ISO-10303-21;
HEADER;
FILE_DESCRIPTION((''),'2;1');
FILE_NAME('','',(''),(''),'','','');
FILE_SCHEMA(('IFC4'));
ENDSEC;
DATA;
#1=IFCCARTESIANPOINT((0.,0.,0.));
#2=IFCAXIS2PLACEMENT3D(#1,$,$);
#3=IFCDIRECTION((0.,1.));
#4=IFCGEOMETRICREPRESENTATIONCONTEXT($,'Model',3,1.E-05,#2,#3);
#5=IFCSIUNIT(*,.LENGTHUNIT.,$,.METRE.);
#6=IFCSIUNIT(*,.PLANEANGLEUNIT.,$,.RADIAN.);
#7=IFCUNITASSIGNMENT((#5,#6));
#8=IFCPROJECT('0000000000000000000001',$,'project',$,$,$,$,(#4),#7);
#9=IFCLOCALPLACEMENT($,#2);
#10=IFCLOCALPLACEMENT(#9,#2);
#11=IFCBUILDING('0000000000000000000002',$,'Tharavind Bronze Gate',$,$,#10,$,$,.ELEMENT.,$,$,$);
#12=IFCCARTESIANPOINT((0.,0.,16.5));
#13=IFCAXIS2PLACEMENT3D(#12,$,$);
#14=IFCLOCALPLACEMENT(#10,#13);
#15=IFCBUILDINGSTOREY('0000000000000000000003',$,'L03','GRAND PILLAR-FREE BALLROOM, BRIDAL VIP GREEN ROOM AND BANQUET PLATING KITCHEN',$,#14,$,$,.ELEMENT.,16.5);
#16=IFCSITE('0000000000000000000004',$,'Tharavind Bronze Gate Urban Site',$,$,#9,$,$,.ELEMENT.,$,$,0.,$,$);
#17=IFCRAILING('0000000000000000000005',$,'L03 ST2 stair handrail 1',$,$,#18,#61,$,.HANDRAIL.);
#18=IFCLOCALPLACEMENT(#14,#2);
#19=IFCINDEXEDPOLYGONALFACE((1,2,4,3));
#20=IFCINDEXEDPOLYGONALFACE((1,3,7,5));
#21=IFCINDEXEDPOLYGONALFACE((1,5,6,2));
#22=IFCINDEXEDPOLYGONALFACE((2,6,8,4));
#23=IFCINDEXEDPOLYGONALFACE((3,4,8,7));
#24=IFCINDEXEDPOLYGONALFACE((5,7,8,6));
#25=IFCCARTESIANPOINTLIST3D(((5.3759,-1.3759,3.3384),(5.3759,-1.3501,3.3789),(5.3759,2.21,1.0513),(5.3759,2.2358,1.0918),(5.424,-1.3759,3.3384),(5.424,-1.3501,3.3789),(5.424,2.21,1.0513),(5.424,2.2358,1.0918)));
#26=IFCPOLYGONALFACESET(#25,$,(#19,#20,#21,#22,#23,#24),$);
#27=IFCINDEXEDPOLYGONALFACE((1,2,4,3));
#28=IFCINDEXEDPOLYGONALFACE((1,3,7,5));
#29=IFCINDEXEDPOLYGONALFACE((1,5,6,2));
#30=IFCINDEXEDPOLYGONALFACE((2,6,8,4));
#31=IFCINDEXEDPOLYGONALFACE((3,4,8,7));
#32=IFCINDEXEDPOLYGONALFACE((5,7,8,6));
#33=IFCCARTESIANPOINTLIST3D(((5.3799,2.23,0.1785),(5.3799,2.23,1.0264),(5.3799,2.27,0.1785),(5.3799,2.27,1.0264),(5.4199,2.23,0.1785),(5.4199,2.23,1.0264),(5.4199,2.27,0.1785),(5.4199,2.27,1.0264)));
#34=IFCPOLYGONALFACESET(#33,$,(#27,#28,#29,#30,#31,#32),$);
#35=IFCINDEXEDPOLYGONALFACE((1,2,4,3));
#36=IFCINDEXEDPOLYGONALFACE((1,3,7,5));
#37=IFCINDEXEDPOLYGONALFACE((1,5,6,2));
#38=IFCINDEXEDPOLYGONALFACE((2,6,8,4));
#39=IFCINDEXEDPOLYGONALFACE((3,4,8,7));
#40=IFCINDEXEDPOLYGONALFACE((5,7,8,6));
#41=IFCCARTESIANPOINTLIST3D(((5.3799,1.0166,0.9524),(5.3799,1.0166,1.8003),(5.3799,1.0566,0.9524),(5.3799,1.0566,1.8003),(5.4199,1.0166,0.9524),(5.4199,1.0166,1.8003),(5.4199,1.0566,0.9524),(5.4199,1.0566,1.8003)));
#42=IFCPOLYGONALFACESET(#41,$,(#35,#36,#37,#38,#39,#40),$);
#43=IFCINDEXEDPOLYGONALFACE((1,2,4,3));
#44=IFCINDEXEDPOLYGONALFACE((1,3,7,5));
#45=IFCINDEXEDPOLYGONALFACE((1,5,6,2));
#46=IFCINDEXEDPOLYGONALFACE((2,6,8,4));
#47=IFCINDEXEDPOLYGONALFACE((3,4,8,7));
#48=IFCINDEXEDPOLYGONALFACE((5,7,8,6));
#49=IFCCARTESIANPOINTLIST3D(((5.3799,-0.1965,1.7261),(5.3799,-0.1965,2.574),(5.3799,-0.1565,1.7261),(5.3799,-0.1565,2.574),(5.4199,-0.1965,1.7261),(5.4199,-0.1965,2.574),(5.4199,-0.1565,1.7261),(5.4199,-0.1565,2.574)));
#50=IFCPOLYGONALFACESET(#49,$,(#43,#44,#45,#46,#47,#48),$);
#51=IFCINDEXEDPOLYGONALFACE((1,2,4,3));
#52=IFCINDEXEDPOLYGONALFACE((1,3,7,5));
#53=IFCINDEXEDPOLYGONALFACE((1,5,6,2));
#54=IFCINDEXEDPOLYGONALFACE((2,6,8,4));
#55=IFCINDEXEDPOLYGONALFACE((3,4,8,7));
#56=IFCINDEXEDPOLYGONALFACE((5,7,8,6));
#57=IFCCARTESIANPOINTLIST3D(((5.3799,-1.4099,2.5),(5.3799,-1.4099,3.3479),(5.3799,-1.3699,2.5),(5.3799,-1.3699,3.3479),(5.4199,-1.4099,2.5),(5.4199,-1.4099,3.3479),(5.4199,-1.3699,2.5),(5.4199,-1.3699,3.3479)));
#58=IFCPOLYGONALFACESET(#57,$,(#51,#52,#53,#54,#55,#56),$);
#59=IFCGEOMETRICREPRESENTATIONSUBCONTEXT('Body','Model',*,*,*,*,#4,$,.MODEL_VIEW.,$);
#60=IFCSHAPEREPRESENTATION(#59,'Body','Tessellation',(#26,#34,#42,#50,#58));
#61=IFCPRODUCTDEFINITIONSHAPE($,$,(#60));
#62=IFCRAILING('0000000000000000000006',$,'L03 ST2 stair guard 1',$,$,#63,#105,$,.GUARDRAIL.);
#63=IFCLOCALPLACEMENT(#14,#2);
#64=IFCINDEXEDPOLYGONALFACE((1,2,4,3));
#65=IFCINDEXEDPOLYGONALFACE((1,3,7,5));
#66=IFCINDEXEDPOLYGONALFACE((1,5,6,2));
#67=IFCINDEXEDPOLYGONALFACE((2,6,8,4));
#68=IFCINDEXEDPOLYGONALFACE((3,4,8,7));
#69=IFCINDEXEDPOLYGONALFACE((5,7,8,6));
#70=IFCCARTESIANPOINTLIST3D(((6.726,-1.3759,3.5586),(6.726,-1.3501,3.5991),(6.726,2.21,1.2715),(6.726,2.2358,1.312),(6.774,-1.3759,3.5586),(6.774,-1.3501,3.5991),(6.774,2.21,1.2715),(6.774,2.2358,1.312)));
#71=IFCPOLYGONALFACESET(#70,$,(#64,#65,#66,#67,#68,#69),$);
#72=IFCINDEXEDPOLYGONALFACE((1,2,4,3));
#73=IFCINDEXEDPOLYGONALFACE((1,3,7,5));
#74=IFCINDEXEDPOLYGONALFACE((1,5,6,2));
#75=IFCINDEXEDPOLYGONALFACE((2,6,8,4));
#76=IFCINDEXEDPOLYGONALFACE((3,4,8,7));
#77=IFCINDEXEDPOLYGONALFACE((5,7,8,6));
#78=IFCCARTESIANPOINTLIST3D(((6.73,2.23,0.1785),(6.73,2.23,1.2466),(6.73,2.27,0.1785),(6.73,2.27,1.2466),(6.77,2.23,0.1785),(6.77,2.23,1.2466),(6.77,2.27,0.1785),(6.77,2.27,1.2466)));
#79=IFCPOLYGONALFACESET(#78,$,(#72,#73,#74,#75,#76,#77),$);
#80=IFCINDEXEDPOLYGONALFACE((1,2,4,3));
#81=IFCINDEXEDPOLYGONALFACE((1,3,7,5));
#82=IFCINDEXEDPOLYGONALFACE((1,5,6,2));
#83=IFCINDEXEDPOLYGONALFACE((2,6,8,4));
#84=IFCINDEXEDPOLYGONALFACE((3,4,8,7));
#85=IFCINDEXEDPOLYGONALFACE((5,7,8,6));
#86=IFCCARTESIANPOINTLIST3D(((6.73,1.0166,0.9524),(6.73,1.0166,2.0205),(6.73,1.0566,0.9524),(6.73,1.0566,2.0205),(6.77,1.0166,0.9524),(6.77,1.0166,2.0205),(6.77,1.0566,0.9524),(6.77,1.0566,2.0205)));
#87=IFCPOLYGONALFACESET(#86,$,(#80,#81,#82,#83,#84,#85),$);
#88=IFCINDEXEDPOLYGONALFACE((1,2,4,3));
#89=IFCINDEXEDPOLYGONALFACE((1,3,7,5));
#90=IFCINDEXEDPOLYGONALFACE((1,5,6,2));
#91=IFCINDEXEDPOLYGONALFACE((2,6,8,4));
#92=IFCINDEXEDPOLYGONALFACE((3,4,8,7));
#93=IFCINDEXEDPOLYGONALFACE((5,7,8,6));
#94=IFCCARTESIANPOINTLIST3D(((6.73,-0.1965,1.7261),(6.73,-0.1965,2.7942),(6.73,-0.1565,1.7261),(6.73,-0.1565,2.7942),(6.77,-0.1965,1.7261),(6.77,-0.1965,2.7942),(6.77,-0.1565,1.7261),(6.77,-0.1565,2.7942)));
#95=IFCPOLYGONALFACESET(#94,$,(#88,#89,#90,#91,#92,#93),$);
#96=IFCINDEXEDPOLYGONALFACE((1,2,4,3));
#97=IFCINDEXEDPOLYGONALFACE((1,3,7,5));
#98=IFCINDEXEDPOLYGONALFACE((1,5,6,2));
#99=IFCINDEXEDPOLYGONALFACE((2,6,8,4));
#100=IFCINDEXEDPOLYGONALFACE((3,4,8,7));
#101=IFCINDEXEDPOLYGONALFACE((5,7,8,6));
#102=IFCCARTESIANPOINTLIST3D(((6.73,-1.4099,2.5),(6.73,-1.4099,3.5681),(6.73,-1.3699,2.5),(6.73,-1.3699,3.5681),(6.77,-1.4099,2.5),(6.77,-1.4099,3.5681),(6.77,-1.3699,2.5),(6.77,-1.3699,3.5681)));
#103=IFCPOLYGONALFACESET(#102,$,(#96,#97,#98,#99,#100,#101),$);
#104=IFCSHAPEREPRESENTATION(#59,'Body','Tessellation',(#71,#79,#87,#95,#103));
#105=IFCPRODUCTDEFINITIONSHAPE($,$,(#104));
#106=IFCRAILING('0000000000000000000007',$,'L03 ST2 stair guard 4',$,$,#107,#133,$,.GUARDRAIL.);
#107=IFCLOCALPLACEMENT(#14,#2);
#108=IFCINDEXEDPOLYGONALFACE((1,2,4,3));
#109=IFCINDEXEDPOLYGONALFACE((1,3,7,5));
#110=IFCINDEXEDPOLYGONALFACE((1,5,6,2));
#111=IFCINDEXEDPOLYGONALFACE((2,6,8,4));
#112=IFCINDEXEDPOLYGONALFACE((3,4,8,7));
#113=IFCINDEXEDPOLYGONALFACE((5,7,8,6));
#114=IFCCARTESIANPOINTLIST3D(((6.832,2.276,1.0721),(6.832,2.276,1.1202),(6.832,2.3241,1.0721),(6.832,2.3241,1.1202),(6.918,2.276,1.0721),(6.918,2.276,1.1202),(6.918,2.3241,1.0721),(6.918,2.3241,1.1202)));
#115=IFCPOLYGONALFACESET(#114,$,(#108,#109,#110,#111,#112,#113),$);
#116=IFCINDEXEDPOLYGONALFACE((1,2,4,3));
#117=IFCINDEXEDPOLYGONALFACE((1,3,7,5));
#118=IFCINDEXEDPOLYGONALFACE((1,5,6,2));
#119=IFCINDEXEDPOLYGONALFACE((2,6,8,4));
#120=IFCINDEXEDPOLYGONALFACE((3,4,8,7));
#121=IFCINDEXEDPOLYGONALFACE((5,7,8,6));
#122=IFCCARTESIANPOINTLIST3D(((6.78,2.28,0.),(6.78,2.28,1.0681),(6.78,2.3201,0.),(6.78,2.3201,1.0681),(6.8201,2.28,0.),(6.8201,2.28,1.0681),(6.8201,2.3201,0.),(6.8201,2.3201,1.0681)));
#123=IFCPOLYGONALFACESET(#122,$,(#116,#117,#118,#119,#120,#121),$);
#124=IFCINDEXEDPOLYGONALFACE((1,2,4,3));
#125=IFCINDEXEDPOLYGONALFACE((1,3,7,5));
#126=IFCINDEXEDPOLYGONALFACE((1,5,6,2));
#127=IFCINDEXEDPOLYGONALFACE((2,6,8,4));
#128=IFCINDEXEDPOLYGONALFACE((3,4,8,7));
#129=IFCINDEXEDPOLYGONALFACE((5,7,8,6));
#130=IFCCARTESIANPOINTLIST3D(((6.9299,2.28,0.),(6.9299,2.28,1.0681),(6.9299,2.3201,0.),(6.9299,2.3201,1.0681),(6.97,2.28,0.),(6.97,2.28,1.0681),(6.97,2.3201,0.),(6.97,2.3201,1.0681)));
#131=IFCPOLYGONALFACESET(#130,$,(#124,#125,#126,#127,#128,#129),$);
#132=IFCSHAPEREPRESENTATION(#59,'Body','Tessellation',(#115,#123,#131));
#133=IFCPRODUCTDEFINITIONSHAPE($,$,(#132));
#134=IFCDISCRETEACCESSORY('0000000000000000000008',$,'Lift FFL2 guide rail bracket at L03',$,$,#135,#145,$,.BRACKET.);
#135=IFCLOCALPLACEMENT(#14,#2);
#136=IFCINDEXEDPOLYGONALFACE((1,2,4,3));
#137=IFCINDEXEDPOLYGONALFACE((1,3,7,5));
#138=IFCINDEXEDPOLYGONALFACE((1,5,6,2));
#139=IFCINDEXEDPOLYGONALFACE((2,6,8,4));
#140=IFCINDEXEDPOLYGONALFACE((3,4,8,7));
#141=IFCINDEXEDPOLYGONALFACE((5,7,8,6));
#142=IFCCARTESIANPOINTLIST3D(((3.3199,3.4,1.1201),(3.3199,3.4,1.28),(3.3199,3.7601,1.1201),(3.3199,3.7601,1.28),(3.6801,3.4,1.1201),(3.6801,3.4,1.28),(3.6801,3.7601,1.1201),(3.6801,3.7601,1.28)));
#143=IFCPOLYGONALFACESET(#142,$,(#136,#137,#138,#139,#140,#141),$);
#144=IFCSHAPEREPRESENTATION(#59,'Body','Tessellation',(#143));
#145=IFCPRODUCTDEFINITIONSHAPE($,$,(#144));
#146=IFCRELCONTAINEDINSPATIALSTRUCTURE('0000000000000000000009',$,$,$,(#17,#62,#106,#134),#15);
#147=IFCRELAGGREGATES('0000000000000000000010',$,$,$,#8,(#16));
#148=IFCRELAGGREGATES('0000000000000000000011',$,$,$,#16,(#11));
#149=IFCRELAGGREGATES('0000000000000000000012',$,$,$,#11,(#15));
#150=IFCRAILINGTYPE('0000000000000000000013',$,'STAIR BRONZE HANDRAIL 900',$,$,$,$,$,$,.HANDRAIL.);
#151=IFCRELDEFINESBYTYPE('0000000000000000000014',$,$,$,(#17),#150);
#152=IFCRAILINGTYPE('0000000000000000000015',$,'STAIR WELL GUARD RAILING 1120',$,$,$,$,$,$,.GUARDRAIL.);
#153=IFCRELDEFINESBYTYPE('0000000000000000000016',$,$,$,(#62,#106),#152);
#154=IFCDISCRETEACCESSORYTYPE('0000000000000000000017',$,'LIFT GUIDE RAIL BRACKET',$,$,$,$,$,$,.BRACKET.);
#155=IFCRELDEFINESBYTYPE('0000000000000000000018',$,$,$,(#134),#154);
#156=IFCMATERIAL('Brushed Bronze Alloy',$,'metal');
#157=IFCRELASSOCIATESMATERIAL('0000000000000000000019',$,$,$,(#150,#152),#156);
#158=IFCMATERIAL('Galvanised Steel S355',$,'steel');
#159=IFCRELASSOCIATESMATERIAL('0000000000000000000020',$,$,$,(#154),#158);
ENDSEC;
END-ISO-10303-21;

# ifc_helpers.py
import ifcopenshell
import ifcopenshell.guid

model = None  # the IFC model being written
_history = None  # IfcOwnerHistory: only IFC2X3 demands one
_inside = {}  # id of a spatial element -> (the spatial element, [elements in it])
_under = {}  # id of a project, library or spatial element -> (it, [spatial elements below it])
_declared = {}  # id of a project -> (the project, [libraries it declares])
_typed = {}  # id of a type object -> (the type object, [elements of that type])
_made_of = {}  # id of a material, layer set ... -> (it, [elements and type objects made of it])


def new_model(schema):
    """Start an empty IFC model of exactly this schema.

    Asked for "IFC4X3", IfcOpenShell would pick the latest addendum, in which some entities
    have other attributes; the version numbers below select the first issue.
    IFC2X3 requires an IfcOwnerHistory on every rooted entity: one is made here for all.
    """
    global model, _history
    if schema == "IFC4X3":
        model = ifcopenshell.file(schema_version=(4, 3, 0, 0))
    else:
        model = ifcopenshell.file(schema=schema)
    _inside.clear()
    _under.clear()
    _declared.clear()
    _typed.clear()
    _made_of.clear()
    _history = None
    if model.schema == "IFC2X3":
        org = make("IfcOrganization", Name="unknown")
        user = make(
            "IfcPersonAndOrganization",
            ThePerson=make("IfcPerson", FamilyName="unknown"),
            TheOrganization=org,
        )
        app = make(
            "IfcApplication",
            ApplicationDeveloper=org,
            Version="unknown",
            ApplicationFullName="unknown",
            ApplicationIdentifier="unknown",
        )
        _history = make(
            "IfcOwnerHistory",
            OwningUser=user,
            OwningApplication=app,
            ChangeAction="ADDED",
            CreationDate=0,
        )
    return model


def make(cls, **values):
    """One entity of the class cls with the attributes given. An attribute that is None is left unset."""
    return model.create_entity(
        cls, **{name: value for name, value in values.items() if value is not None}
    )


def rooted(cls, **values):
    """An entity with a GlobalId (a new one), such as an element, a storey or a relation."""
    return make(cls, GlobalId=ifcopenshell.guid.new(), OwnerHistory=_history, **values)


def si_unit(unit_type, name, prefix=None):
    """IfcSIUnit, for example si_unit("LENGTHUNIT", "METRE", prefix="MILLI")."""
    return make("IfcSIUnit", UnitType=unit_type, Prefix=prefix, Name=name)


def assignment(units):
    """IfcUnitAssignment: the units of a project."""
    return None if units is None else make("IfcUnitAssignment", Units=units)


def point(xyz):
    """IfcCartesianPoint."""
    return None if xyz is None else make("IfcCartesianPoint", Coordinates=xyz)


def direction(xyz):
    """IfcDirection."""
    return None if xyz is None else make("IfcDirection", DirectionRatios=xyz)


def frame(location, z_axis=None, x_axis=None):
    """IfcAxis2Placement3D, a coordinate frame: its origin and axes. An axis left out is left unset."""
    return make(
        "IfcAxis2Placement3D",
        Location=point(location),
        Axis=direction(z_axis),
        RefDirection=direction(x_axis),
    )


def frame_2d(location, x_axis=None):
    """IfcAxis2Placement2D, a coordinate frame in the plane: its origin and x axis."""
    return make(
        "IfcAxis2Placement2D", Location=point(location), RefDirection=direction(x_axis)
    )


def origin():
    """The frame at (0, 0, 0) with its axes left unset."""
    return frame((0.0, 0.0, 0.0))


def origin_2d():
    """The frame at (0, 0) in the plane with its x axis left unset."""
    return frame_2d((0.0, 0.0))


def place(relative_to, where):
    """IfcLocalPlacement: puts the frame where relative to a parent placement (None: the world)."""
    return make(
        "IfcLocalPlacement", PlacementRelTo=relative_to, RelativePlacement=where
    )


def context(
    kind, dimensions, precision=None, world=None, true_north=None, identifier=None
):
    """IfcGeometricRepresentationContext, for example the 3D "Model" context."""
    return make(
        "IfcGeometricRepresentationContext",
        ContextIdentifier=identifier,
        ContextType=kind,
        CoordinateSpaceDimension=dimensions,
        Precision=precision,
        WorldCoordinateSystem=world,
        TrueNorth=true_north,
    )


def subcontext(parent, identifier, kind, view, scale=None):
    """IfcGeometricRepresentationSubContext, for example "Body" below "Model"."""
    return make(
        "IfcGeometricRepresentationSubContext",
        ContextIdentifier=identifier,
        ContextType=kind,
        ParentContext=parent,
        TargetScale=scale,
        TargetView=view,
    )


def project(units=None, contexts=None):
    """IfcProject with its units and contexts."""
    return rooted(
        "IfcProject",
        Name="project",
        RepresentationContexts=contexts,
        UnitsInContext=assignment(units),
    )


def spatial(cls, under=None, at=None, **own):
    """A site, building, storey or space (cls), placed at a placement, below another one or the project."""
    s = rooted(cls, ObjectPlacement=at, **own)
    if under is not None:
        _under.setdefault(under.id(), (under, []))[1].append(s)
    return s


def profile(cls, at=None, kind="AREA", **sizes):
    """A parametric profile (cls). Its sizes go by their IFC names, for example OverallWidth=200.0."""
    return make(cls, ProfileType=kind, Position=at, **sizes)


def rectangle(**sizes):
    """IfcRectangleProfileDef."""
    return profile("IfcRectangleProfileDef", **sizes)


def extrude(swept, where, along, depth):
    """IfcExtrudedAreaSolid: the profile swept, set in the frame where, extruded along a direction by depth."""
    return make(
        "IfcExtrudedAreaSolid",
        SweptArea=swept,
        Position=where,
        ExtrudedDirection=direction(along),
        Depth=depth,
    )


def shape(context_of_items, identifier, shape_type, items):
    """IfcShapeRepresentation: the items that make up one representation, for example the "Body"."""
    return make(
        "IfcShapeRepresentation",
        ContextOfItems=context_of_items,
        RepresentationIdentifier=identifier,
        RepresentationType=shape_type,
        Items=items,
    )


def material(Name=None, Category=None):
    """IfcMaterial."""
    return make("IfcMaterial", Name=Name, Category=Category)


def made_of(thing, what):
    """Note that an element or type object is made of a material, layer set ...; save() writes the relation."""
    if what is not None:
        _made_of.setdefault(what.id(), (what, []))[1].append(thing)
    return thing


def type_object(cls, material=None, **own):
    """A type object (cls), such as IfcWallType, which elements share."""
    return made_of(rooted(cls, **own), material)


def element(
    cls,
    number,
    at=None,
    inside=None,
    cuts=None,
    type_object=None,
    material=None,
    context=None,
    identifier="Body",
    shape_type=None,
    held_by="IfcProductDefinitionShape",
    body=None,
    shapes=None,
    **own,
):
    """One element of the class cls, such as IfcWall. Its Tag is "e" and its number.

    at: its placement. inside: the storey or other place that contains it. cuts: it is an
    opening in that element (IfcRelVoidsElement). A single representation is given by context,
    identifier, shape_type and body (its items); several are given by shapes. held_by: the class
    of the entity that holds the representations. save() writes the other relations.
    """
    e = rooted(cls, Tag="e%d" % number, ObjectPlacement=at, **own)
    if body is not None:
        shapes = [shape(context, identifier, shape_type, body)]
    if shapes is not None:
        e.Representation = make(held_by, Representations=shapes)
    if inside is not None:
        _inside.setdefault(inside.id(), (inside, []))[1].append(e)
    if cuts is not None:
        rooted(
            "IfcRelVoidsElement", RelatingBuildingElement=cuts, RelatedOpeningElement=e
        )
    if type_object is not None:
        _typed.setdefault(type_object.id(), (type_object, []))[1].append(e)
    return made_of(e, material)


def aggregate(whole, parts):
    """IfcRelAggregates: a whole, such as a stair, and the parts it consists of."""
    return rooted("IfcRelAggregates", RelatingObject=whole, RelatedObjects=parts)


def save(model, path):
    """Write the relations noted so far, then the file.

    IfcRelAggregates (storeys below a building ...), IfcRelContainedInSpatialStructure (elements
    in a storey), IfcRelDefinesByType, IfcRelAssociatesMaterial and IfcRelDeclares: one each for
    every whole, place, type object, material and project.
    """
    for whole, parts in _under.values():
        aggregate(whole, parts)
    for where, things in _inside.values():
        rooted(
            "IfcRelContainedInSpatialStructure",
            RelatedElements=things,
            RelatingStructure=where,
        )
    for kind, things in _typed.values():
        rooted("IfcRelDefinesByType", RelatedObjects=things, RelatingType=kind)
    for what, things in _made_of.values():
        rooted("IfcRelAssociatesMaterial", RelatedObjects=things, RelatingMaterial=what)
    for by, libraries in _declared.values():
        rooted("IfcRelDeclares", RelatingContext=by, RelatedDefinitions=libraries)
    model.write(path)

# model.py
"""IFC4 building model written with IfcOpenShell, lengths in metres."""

from ifc_helpers import new_model, si_unit, direction, frame, origin, origin_2d, place, context, subcontext, project, spatial, rectangle, extrude, material, type_object, element, save


model = new_model("IFC4")

# Units and contexts
model_context = context("Model", 3, precision=1e-05, world=origin(), true_north=direction((0.0, 1.0)))
body_context = subcontext(model_context, "Body", "Model", "MODEL_VIEW")
ifc_project = project(units=[si_unit("LENGTHUNIT", "METRE"), si_unit("PLANEANGLEUNIT", "RADIAN")], contexts=[model_context])

# Site, building, storey
site_placement = place(None, origin())
site = spatial("IfcSite", under=ifc_project, at=site_placement, Name="Tharavind Bronze Gate Urban Site", CompositionType="ELEMENT", RefElevation=0.0)
building_placement = place(site_placement, origin())
building = spatial("IfcBuilding", under=site, at=building_placement, Name="Tharavind Bronze Gate", CompositionType="ELEMENT")
storey_placement = place(building_placement, frame((0.0, 0.0, 16.5)))
storey = spatial("IfcBuildingStorey", under=building, at=storey_placement, Name="L03", Description="GRAND PILLAR-FREE BALLROOM, BRIDAL VIP GREEN ROOM AND BANQUET PLATING KITCHEN", CompositionType="ELEMENT", Elevation=16.5)

# Railings
ifc_material_1 = material(Name="Brushed Bronze Alloy", Category="metal")
railing_type_1 = type_object("IfcRailingType", Name="STAIR BRONZE HANDRAIL 900", PredefinedType="HANDRAIL", material=ifc_material_1)
railing_1_placement = place(storey_placement, frame((5.3999, 2.25, 0.1785)))
element("IfcRailing", 1, at=railing_1_placement, inside=storey, type_object=railing_type_1, Name="L03 ST2 stair handrail 1", PredefinedType="HANDRAIL", context=body_context, shape_type="SweptSolid", body=[
    extrude(rectangle(XDim=0.0481, YDim=0.0481, at=origin_2d()), frame((0.0, -0.0271, 0.8931), z_axis=(0.0, -0.843112, 0.537739), x_axis=(1.0, 0.0, 0.0)), (0.0, 0.0, 1.0), 4.2532),
    extrude(rectangle(XDim=0.04, YDim=0.04, at=origin_2d()), origin(), (0.0, 0.0, 1.0), 0.8479),
    extrude(rectangle(XDim=0.04, YDim=0.04, at=origin_2d()), frame((0.0, -1.2134, 0.7739)), (0.0, 0.0, 1.0), 0.8479),
    extrude(rectangle(XDim=0.04, YDim=0.04, at=origin_2d()), frame((0.0, -2.4265, 1.5476)), (0.0, 0.0, 1.0), 0.8479),
    extrude(rectangle(XDim=0.04, YDim=0.04, at=origin_2d()), frame((0.0, -3.6399, 2.3215)), (0.0, 0.0, 1.0), 0.8479),
])
railing_type_2 = type_object("IfcRailingType", Name="STAIR WELL GUARD RAILING 1120", PredefinedType="GUARDRAIL", material=ifc_material_1)
railing_2_placement = place(storey_placement, frame((6.75, 2.25, 0.1785)))
element("IfcRailing", 2, at=railing_2_placement, inside=storey, type_object=railing_type_2, Name="L03 ST2 stair guard 1", PredefinedType="GUARDRAIL", context=body_context, shape_type="SweptSolid", body=[
    extrude(rectangle(XDim=0.0481, YDim=0.0481, at=origin_2d()), frame((0.0, -0.0271, 1.1133), z_axis=(0.0, -0.843112, 0.537739), x_axis=(1.0, 0.0, 0.0)), (0.0, 0.0, 1.0), 4.2532),
    extrude(rectangle(XDim=0.04, YDim=0.04, at=origin_2d()), origin(), (0.0, 0.0, 1.0), 1.0681),
    extrude(rectangle(XDim=0.04, YDim=0.04, at=origin_2d()), frame((0.0, -1.2134, 0.7739)), (0.0, 0.0, 1.0), 1.0681),
    extrude(rectangle(XDim=0.04, YDim=0.04, at=origin_2d()), frame((0.0, -2.4265, 1.5476)), (0.0, 0.0, 1.0), 1.0681),
    extrude(rectangle(XDim=0.04, YDim=0.04, at=origin_2d()), frame((0.0, -3.6399, 2.3215)), (0.0, 0.0, 1.0), 1.0681),
])
railing_3_placement = place(storey_placement, frame((6.8, 2.3, 0.0)))
element("IfcRailing", 3, at=railing_3_placement, inside=storey, type_object=railing_type_2, Name="L03 ST2 stair guard 4", PredefinedType="GUARDRAIL", context=body_context, shape_type="SweptSolid", body=[
    extrude(rectangle(XDim=0.0481, YDim=0.0481, at=origin_2d()), frame((0.032, 0.0, 1.0962), z_axis=(1.0, 0.0, 0.0), x_axis=(0.0, 1.0, 0.0)), (0.0, 0.0, 1.0), 0.0859),
    extrude(rectangle(XDim=0.04, YDim=0.04, at=origin_2d()), origin(), (0.0, 0.0, 1.0), 1.0681),
    extrude(rectangle(XDim=0.04, YDim=0.04, at=origin_2d()), frame((0.1499, 0.0, 0.0)), (0.0, 0.0, 1.0), 1.0681),
])

# Discrete accessory
ifc_material_2 = material(Name="Galvanised Steel S355", Category="steel")
discrete_accessory_type = type_object("IfcDiscreteAccessoryType", Name="LIFT GUIDE RAIL BRACKET", PredefinedType="BRACKET", material=ifc_material_2)
discrete_accessory_placement = place(storey_placement, frame((3.5, 3.5801, 1.1201), z_axis=(0.0, 0.0, 1.0), x_axis=(1.0, 0.0, 0.0)))
element("IfcDiscreteAccessory", 4, at=discrete_accessory_placement, inside=storey, type_object=discrete_accessory_type, Name="Lift FFL2 guide rail bracket at L03", PredefinedType="BRACKET", context=body_context, shape_type="SweptSolid", body=[
    extrude(rectangle(XDim=0.3601, YDim=0.3601, at=origin_2d()), origin(), (0.0, 0.0, 1.0), 0.1599),
])

save(model, "model.ifc")
